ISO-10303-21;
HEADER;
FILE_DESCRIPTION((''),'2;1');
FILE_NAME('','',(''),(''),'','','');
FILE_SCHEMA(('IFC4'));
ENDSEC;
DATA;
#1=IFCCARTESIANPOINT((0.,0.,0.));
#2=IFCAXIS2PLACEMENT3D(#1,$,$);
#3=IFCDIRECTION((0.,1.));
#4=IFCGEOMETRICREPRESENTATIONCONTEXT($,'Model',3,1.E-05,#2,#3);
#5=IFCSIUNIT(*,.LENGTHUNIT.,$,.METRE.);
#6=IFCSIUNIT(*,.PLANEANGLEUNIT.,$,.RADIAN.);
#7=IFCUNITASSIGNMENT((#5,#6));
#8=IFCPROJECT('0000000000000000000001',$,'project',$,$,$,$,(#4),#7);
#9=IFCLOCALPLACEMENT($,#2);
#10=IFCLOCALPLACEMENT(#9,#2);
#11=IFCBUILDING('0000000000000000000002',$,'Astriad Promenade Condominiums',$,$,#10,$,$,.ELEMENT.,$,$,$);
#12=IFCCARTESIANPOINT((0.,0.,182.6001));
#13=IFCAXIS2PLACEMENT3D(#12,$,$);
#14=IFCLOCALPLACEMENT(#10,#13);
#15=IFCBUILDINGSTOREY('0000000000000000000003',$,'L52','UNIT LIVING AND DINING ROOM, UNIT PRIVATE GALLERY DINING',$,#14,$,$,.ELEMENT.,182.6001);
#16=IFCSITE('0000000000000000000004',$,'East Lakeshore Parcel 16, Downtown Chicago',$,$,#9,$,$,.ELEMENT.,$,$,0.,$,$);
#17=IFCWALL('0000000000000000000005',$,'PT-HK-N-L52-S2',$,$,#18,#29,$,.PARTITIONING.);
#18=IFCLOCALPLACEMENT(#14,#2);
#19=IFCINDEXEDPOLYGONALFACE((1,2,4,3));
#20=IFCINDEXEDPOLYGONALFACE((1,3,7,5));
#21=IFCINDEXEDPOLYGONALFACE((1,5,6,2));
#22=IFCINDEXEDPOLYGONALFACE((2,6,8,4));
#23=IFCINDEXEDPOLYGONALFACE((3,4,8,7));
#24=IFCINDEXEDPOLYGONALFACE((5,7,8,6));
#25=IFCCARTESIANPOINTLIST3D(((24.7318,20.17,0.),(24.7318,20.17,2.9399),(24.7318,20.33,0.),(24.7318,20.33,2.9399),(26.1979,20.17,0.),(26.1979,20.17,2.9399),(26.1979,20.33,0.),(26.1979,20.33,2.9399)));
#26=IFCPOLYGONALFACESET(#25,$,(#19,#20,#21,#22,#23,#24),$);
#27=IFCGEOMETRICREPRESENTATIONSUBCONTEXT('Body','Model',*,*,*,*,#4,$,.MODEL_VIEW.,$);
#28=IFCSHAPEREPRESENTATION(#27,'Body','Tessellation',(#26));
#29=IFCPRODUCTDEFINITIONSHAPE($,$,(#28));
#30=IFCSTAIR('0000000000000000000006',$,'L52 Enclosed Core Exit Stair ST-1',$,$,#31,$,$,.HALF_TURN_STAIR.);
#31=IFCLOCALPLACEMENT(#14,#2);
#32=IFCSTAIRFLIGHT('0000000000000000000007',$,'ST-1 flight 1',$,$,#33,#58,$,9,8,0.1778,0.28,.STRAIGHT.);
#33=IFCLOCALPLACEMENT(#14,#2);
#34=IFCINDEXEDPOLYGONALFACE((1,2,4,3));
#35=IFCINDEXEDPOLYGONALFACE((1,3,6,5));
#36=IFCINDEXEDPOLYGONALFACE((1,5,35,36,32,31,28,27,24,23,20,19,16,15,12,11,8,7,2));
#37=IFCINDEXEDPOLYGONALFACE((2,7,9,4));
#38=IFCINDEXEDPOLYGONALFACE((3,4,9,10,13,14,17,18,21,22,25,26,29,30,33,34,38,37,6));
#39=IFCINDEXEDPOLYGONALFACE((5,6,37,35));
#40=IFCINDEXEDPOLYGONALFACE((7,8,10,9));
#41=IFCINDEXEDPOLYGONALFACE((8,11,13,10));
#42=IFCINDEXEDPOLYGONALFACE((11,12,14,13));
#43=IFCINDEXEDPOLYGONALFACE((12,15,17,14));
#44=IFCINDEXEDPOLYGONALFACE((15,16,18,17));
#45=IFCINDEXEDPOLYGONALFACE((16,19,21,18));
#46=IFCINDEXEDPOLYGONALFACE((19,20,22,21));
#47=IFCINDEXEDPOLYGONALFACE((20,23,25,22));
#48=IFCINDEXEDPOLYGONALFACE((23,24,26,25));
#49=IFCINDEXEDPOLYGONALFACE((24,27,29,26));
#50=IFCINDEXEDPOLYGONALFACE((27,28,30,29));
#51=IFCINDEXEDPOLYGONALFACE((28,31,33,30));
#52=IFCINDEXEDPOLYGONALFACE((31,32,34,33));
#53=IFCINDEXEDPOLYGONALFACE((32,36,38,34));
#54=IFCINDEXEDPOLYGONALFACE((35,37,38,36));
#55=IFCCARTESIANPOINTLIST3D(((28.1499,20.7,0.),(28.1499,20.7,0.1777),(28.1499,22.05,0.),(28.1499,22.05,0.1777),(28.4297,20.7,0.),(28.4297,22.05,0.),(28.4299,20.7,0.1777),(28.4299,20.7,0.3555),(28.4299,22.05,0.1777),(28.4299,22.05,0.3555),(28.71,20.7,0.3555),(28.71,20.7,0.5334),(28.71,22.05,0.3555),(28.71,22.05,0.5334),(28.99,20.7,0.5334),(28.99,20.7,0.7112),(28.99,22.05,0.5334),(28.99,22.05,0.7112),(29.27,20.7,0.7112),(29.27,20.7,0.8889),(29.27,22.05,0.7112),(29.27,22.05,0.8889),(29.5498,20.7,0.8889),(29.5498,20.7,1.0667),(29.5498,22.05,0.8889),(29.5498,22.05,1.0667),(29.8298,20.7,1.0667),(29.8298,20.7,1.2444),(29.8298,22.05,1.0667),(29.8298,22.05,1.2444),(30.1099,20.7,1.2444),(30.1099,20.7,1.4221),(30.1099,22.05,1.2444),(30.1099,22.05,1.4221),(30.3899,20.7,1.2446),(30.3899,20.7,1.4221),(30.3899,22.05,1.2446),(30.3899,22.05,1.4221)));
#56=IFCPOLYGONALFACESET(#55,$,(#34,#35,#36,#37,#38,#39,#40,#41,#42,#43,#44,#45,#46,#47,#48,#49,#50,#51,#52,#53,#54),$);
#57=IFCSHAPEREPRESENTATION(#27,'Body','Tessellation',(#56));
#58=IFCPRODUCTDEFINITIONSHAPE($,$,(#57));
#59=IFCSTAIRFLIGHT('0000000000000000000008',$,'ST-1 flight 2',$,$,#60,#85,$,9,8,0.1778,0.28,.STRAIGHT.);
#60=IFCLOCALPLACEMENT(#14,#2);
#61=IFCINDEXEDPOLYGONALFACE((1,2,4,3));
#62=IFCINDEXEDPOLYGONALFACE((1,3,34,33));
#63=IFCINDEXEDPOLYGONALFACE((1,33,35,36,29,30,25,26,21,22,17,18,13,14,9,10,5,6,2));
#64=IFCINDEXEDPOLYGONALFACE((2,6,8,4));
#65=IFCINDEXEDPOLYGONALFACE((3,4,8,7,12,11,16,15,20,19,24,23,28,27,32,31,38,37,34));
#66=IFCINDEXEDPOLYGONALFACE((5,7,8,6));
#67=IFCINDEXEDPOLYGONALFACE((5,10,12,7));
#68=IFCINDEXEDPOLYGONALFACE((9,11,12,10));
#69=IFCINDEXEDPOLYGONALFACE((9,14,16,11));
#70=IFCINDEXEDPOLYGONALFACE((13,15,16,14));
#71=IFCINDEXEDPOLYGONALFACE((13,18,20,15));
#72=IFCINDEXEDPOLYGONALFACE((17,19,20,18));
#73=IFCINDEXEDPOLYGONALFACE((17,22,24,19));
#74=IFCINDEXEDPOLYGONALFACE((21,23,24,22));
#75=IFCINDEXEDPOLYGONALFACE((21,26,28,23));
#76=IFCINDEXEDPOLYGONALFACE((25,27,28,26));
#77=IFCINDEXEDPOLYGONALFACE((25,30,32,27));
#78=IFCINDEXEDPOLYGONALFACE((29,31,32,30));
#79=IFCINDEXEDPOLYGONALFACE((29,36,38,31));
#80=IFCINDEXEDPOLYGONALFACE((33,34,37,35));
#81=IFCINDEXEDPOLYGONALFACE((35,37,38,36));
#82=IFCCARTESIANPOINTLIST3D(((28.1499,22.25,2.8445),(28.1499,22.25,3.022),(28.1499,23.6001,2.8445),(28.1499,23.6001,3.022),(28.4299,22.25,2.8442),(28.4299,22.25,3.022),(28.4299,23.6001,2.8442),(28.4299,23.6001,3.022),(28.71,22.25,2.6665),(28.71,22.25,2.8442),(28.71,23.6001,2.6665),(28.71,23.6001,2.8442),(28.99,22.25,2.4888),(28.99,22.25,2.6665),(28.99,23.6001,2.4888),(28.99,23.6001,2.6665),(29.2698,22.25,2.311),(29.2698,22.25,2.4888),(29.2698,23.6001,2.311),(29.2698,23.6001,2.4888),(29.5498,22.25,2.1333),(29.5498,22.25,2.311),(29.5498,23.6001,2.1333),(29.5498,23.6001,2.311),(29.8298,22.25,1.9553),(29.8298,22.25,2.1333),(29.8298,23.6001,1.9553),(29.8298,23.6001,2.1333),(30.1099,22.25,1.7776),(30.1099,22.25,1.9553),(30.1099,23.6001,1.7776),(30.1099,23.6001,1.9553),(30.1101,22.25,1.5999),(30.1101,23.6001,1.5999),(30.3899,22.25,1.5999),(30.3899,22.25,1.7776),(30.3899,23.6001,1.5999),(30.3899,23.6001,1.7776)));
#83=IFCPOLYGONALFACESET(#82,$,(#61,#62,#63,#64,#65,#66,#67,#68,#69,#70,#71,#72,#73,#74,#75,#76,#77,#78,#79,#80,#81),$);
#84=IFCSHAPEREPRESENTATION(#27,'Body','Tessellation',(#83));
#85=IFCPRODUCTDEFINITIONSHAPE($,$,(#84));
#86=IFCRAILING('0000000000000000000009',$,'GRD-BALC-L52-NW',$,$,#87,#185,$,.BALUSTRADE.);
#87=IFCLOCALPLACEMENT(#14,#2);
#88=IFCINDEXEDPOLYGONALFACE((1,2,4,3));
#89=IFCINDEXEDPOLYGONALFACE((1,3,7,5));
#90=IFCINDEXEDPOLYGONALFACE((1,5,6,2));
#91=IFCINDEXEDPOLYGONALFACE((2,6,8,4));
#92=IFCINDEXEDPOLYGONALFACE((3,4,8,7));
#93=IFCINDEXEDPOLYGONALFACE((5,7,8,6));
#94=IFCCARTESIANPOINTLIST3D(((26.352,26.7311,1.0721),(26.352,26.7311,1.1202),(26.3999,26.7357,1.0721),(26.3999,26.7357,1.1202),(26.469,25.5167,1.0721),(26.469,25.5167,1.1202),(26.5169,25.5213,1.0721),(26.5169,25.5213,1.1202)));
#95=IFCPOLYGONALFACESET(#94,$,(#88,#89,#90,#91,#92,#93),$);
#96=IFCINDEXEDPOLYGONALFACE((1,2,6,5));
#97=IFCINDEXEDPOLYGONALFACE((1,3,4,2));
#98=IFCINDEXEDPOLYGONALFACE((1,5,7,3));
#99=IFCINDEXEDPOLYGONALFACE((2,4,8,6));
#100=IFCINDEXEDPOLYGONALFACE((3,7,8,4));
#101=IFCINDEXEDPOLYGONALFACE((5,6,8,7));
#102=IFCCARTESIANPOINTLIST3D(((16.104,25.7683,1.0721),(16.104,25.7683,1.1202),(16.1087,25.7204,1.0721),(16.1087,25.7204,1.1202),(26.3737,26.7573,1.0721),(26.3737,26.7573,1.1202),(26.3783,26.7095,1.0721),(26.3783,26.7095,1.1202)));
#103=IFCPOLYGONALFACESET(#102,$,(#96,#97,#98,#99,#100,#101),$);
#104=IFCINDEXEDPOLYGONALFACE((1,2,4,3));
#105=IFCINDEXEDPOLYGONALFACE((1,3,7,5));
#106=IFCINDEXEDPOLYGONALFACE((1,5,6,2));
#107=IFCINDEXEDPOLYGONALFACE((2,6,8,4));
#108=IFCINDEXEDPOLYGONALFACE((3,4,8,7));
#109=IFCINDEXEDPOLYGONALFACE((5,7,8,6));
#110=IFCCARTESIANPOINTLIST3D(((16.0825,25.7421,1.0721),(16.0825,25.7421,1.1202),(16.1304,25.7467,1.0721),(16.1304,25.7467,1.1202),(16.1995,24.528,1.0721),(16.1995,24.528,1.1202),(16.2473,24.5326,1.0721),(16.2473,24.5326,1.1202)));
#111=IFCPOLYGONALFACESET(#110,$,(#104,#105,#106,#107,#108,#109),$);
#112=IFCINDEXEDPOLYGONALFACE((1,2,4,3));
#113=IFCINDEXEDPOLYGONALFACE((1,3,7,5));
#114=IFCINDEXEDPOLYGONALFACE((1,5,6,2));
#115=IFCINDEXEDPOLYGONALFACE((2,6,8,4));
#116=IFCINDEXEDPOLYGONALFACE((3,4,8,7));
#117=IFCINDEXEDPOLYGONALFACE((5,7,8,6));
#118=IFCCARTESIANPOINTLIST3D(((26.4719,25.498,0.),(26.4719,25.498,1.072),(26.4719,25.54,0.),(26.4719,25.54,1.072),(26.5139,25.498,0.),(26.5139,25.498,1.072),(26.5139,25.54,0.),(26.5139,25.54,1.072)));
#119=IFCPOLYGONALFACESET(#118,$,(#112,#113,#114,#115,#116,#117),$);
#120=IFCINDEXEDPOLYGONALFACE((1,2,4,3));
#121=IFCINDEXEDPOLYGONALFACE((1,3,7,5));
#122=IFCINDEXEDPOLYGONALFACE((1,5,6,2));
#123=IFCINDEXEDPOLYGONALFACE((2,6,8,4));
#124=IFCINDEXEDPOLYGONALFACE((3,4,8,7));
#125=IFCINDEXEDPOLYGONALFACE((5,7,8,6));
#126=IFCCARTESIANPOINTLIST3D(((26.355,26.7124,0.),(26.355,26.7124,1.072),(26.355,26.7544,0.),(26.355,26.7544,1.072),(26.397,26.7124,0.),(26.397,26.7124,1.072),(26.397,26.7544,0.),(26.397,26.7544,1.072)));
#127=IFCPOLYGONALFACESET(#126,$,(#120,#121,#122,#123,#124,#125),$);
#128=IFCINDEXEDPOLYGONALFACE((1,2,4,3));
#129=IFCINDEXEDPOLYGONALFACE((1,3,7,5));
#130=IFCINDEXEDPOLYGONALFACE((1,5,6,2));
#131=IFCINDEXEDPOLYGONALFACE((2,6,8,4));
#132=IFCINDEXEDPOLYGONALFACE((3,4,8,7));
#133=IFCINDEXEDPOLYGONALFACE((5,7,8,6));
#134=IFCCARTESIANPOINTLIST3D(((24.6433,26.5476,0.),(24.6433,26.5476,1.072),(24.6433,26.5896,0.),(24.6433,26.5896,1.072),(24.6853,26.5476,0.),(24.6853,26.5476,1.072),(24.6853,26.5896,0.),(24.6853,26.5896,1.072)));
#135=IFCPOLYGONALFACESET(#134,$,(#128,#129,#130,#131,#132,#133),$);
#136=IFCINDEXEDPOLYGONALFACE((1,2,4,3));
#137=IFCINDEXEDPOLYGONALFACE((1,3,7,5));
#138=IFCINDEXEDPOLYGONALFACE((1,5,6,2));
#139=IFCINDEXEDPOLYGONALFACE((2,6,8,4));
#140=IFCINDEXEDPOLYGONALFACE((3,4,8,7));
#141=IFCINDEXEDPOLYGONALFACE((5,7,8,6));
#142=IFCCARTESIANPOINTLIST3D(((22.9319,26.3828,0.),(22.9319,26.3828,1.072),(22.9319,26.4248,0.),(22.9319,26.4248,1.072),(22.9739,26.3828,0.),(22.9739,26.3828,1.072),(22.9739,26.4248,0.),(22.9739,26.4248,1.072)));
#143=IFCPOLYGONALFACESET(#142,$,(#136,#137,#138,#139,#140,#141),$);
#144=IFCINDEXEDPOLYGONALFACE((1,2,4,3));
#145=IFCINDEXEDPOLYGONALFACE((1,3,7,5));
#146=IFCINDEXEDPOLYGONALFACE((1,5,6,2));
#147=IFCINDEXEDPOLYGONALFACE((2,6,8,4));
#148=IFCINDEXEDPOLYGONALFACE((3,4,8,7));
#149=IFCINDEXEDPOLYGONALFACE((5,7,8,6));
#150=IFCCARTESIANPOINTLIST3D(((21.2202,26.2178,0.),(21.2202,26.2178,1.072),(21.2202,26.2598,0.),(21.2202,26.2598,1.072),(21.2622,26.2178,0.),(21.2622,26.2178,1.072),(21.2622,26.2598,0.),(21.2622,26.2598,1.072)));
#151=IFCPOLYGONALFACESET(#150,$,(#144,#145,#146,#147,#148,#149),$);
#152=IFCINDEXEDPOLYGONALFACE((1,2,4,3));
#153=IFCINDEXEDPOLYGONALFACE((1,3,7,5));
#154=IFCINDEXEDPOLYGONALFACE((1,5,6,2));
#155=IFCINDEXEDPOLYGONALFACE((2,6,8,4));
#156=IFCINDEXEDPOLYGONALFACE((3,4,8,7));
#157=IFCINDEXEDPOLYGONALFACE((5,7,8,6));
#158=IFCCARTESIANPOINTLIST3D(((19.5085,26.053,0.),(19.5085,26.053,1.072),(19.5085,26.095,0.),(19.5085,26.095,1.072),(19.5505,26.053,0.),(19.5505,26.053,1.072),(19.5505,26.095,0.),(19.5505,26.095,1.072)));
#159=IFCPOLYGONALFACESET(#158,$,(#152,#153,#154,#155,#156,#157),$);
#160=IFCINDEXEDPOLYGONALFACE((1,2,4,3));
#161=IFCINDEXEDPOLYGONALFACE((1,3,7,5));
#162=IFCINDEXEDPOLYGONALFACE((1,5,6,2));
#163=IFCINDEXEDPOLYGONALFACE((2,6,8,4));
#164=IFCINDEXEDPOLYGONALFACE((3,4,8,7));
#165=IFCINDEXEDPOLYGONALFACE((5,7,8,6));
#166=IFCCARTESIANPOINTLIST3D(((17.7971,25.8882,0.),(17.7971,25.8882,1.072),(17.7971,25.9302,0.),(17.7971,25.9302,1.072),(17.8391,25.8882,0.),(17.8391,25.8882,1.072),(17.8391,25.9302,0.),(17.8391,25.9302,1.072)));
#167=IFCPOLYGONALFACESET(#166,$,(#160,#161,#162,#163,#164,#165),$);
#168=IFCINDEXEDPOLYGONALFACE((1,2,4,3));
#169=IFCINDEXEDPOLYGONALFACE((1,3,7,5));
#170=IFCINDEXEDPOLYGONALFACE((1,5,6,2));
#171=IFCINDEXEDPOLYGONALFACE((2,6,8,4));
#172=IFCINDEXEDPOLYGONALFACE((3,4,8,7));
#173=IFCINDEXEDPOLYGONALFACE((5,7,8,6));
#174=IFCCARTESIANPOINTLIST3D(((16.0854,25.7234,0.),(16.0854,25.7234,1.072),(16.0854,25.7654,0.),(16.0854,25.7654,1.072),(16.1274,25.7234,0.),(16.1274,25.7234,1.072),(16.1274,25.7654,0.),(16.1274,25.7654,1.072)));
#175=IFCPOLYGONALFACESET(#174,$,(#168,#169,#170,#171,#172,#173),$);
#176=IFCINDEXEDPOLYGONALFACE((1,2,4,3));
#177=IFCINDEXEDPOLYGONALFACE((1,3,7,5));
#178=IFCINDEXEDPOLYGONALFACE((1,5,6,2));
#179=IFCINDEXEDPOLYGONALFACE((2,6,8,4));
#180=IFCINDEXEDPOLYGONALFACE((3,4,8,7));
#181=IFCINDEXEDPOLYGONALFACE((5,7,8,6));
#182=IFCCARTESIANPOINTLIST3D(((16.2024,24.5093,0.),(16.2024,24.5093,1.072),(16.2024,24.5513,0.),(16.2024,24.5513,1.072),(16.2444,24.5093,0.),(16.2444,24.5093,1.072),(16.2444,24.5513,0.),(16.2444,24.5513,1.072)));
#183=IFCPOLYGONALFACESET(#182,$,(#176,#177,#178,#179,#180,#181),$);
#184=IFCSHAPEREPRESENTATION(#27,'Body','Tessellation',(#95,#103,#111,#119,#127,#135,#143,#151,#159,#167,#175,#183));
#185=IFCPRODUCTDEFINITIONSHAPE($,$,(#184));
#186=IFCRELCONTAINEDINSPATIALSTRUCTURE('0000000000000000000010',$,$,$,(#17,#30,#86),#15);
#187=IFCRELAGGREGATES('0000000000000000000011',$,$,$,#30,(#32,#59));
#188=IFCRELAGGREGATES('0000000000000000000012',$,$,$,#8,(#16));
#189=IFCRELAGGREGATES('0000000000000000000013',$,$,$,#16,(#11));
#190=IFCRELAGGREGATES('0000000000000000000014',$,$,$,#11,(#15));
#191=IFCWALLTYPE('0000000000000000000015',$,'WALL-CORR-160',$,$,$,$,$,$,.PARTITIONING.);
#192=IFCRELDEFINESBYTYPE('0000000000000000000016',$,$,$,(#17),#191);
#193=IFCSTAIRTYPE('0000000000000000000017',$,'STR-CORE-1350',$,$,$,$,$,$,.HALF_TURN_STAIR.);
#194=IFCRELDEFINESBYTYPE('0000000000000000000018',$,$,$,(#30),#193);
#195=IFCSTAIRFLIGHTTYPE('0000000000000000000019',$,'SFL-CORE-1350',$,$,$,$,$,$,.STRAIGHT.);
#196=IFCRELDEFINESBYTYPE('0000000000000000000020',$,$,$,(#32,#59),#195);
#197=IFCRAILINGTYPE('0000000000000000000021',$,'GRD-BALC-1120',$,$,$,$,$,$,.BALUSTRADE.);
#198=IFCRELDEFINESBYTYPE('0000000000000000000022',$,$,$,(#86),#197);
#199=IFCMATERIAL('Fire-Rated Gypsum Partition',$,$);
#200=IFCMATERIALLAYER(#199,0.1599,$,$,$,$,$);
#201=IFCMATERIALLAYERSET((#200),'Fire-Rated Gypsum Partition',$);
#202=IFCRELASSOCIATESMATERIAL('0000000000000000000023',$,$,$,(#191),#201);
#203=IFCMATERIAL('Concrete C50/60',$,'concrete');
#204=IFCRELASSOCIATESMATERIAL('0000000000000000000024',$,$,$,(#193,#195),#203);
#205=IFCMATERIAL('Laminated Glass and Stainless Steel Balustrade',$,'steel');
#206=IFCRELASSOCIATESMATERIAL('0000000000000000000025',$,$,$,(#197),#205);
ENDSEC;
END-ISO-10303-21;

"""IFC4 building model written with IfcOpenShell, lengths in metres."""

from ifc_helpers import new_model, si_unit, direction, frame, frame_2d, origin, origin_2d, place, context, subcontext, project, spatial, polyline, rectangle, outline, extrude, source, transform, mapped, material, layer, layer_set, type_object, type_shapes, element, aggregate, save


model = new_model("IFC4")

# Units and contexts
model_context = context("Model", 3, precision=1e-05, world=origin(), true_north=direction((0.0, 1.0)))
body_context = subcontext(model_context, "Body", "Model", "MODEL_VIEW")
ifc_project = project(units=[si_unit("LENGTHUNIT", "METRE"), si_unit("PLANEANGLEUNIT", "RADIAN")], contexts=[model_context])

# Site, building, storey
site_placement = place(None, origin())
site = spatial("IfcSite", under=ifc_project, at=site_placement, Name="East Lakeshore Parcel 16, Downtown Chicago", CompositionType="ELEMENT", RefElevation=0.0)
building_placement = place(site_placement, origin())
building = spatial("IfcBuilding", under=site, at=building_placement, Name="Astriad Promenade Condominiums", CompositionType="ELEMENT")
storey_placement = place(building_placement, frame((0.0, 0.0, 182.6001)))
storey = spatial("IfcBuildingStorey", under=building, at=storey_placement, Name="L52", Description="UNIT LIVING AND DINING ROOM, UNIT PRIVATE GALLERY DINING", CompositionType="ELEMENT", Elevation=182.6001)

# Shared definitions
ifc_material_1 = material(Name="Concrete C50/60", Category="concrete")

# Shared definitions
ifc_material_2 = material(Name="Fire-Rated Gypsum Partition")
ifc_layer_1 = layer(ifc_material_2, 0.1599)
ifc_layer_set_1 = layer_set([ifc_layer_1], Name="Fire-Rated Gypsum Partition")
wall_type_1 = type_object("IfcWallType", Name="WALL-CORR-160", PredefinedType="PARTITIONING", material=ifc_layer_set_1)

# Wall
wall_1_placement = place(storey_placement, frame((24.7319, 20.25, 0.0), z_axis=(0.0, 0.0, 1.0), x_axis=(1.0, 0.0, 0.0)))
element("IfcWall", 1, at=wall_1_placement, inside=storey, type_object=wall_type_1, Name="PT-HK-N-L52-S2", PredefinedType="PARTITIONING", context=body_context, shape_type="SweptSolid", body=[
    extrude(rectangle(XDim=1.4661, YDim=0.1599, at=frame_2d((0.7329, 0.0))), origin(), (0.0, 0.0, 1.0), 2.9399),
])

# Stair, stair flights
stair_type = type_object("IfcStairType", Name="STR-CORE-1350", PredefinedType="HALF_TURN_STAIR", material=ifc_material_1)
stair_placement = place(storey_placement, origin())
stair = element("IfcStair", 2, at=stair_placement, inside=storey, type_object=stair_type, Name="L52 Enclosed Core Exit Stair ST-1", PredefinedType="HALF_TURN_STAIR")
stair_flight_type = type_object("IfcStairFlightType", Name="SFL-CORE-1350", PredefinedType="STRAIGHT", material=ifc_material_1)
shared_shape_1 = source(origin(), body_context, "Body", "SweptSolid", [
    extrude(outline(polyline([(0.0, 0.0), (0.0, 0.1777), (0.28, 0.1777), (0.28, 0.3555), (0.5601, 0.3555), (0.5601, 0.5334), (0.8401, 0.5334), (0.8401, 0.7112), (1.1201, 0.7112), (1.1201, 0.8889), (1.3999, 0.8889), (1.3999, 1.0667), (1.6799, 1.0667), (1.6799, 1.2444), (1.96, 1.2444), (1.96, 1.4221), (2.24, 1.4221), (2.24, 1.6001), (2.24, 1.2446), (0.2798, 0.0), (0.0, 0.0)])), frame((0.0, 0.675, 0.0), z_axis=(0.0, -1.0, 0.0), x_axis=(1.0, 0.0, 0.0)), (0.0, 0.0, 1.0), 1.3501),
])
type_shapes(stair_flight_type, [shared_shape_1])
stair_flight_1_placement = place(storey_placement, frame((28.1499, 21.375, 0.0), z_axis=(0.0, 0.0, 1.0), x_axis=(1.0, 0.0, 0.0)))
stair_flight_1 = element("IfcStairFlight", 3, at=stair_flight_1_placement, type_object=stair_flight_type, Name="ST-1 flight 1", NumberOfRisers=9, NumberOfTreads=8, PredefinedType="STRAIGHT", RiserHeight=0.1778, TreadLength=0.28, context=body_context, shape_type="MappedRepresentation", body=[
    mapped(shared_shape_1, transform((0.0, 0.0, 0.0), scale=1.0)),
])
stair_flight_2_placement = place(storey_placement, frame((30.3899, 22.925, 1.5999), z_axis=(0.0, 0.0, 1.0), x_axis=(-1.0, 0.0, 0.0)))
stair_flight_2 = element("IfcStairFlight", 4, at=stair_flight_2_placement, type_object=stair_flight_type, Name="ST-1 flight 2", NumberOfRisers=9, NumberOfTreads=8, PredefinedType="STRAIGHT", RiserHeight=0.1778, TreadLength=0.28, context=body_context, shape_type="MappedRepresentation", body=[
    mapped(shared_shape_1, transform((0.0, 0.0, 0.0), scale=1.0)),
])
aggregate(stair, [stair_flight_1, stair_flight_2])

# Railing
ifc_material_3 = material(Name="Laminated Glass and Stainless Steel Balustrade", Category="steel")
railing_type_1 = type_object("IfcRailingType", Name="GRD-BALC-1120", PredefinedType="BALUSTRADE", material=ifc_material_3)
shared_shape_2 = source(origin(), body_context, "Body", "SweptSolid", [
    extrude(rectangle(XDim=0.0481, YDim=0.0481, at=origin_2d()), frame((0.0, 0.0, 1.0962), z_axis=(-0.095857, 0.995395, 0.0), x_axis=(-0.995395, -0.095857, 0.0)), (0.0, 0.0, 1.0), 1.22),
    extrude(rectangle(XDim=0.0481, YDim=0.0481, at=origin_2d()), frame((-0.1169, 1.2144, 1.0962), z_axis=(-0.995395, -0.095862, 0.0), x_axis=(0.095862, -0.995395, 0.0)), (0.0, 0.0, 1.0), 10.3171),
    extrude(rectangle(XDim=0.0481, YDim=0.0481, at=origin_2d()), frame((-10.3865, 0.2253, 1.0962), z_axis=(0.095876, -0.995393, 0.0), x_axis=(0.995393, 0.095876, 0.0)), (0.0, 0.0, 1.0), 1.2197),
    extrude(rectangle(XDim=0.042, YDim=0.042, at=origin_2d()), origin(), (0.0, 0.0, 1.0), 1.072),
    extrude(rectangle(XDim=0.042, YDim=0.042, at=origin_2d()), frame((-0.1169, 1.2144, 0.0)), (0.0, 0.0, 1.0), 1.072),
    extrude(rectangle(XDim=0.042, YDim=0.042, at=origin_2d()), frame((-1.8286, 1.0496, 0.0)), (0.0, 0.0, 1.0), 1.072),
    extrude(rectangle(XDim=0.042, YDim=0.042, at=origin_2d()), frame((-3.54, 0.8848, 0.0)), (0.0, 0.0, 1.0), 1.072),
    extrude(rectangle(XDim=0.042, YDim=0.042, at=origin_2d()), frame((-5.2517, 0.7197, 0.0)), (0.0, 0.0, 1.0), 1.072),
    extrude(rectangle(XDim=0.042, YDim=0.042, at=origin_2d()), frame((-6.9634, 0.5549, 0.0)), (0.0, 0.0, 1.0), 1.072),
    extrude(rectangle(XDim=0.042, YDim=0.042, at=origin_2d()), frame((-8.6748, 0.3901, 0.0)), (0.0, 0.0, 1.0), 1.072),
    extrude(rectangle(XDim=0.042, YDim=0.042, at=origin_2d()), frame((-10.3865, 0.2253, 0.0)), (0.0, 0.0, 1.0), 1.072),
    extrude(rectangle(XDim=0.042, YDim=0.042, at=origin_2d()), frame((-10.2695, -0.9888, 0.0)), (0.0, 0.0, 1.0), 1.072),
])
type_shapes(railing_type_1, [shared_shape_2])
railing_1_placement = place(storey_placement, frame((26.4929, 25.519, 0.0)))
element("IfcRailing", 5, at=railing_1_placement, inside=storey, type_object=railing_type_1, Name="GRD-BALC-L52-NW", PredefinedType="BALUSTRADE", context=body_context, shape_type="MappedRepresentation", body=[
    mapped(shared_shape_2, transform((0.0, 0.0, 0.0), scale=1.0)),
])

save(model, "model.ifc")
